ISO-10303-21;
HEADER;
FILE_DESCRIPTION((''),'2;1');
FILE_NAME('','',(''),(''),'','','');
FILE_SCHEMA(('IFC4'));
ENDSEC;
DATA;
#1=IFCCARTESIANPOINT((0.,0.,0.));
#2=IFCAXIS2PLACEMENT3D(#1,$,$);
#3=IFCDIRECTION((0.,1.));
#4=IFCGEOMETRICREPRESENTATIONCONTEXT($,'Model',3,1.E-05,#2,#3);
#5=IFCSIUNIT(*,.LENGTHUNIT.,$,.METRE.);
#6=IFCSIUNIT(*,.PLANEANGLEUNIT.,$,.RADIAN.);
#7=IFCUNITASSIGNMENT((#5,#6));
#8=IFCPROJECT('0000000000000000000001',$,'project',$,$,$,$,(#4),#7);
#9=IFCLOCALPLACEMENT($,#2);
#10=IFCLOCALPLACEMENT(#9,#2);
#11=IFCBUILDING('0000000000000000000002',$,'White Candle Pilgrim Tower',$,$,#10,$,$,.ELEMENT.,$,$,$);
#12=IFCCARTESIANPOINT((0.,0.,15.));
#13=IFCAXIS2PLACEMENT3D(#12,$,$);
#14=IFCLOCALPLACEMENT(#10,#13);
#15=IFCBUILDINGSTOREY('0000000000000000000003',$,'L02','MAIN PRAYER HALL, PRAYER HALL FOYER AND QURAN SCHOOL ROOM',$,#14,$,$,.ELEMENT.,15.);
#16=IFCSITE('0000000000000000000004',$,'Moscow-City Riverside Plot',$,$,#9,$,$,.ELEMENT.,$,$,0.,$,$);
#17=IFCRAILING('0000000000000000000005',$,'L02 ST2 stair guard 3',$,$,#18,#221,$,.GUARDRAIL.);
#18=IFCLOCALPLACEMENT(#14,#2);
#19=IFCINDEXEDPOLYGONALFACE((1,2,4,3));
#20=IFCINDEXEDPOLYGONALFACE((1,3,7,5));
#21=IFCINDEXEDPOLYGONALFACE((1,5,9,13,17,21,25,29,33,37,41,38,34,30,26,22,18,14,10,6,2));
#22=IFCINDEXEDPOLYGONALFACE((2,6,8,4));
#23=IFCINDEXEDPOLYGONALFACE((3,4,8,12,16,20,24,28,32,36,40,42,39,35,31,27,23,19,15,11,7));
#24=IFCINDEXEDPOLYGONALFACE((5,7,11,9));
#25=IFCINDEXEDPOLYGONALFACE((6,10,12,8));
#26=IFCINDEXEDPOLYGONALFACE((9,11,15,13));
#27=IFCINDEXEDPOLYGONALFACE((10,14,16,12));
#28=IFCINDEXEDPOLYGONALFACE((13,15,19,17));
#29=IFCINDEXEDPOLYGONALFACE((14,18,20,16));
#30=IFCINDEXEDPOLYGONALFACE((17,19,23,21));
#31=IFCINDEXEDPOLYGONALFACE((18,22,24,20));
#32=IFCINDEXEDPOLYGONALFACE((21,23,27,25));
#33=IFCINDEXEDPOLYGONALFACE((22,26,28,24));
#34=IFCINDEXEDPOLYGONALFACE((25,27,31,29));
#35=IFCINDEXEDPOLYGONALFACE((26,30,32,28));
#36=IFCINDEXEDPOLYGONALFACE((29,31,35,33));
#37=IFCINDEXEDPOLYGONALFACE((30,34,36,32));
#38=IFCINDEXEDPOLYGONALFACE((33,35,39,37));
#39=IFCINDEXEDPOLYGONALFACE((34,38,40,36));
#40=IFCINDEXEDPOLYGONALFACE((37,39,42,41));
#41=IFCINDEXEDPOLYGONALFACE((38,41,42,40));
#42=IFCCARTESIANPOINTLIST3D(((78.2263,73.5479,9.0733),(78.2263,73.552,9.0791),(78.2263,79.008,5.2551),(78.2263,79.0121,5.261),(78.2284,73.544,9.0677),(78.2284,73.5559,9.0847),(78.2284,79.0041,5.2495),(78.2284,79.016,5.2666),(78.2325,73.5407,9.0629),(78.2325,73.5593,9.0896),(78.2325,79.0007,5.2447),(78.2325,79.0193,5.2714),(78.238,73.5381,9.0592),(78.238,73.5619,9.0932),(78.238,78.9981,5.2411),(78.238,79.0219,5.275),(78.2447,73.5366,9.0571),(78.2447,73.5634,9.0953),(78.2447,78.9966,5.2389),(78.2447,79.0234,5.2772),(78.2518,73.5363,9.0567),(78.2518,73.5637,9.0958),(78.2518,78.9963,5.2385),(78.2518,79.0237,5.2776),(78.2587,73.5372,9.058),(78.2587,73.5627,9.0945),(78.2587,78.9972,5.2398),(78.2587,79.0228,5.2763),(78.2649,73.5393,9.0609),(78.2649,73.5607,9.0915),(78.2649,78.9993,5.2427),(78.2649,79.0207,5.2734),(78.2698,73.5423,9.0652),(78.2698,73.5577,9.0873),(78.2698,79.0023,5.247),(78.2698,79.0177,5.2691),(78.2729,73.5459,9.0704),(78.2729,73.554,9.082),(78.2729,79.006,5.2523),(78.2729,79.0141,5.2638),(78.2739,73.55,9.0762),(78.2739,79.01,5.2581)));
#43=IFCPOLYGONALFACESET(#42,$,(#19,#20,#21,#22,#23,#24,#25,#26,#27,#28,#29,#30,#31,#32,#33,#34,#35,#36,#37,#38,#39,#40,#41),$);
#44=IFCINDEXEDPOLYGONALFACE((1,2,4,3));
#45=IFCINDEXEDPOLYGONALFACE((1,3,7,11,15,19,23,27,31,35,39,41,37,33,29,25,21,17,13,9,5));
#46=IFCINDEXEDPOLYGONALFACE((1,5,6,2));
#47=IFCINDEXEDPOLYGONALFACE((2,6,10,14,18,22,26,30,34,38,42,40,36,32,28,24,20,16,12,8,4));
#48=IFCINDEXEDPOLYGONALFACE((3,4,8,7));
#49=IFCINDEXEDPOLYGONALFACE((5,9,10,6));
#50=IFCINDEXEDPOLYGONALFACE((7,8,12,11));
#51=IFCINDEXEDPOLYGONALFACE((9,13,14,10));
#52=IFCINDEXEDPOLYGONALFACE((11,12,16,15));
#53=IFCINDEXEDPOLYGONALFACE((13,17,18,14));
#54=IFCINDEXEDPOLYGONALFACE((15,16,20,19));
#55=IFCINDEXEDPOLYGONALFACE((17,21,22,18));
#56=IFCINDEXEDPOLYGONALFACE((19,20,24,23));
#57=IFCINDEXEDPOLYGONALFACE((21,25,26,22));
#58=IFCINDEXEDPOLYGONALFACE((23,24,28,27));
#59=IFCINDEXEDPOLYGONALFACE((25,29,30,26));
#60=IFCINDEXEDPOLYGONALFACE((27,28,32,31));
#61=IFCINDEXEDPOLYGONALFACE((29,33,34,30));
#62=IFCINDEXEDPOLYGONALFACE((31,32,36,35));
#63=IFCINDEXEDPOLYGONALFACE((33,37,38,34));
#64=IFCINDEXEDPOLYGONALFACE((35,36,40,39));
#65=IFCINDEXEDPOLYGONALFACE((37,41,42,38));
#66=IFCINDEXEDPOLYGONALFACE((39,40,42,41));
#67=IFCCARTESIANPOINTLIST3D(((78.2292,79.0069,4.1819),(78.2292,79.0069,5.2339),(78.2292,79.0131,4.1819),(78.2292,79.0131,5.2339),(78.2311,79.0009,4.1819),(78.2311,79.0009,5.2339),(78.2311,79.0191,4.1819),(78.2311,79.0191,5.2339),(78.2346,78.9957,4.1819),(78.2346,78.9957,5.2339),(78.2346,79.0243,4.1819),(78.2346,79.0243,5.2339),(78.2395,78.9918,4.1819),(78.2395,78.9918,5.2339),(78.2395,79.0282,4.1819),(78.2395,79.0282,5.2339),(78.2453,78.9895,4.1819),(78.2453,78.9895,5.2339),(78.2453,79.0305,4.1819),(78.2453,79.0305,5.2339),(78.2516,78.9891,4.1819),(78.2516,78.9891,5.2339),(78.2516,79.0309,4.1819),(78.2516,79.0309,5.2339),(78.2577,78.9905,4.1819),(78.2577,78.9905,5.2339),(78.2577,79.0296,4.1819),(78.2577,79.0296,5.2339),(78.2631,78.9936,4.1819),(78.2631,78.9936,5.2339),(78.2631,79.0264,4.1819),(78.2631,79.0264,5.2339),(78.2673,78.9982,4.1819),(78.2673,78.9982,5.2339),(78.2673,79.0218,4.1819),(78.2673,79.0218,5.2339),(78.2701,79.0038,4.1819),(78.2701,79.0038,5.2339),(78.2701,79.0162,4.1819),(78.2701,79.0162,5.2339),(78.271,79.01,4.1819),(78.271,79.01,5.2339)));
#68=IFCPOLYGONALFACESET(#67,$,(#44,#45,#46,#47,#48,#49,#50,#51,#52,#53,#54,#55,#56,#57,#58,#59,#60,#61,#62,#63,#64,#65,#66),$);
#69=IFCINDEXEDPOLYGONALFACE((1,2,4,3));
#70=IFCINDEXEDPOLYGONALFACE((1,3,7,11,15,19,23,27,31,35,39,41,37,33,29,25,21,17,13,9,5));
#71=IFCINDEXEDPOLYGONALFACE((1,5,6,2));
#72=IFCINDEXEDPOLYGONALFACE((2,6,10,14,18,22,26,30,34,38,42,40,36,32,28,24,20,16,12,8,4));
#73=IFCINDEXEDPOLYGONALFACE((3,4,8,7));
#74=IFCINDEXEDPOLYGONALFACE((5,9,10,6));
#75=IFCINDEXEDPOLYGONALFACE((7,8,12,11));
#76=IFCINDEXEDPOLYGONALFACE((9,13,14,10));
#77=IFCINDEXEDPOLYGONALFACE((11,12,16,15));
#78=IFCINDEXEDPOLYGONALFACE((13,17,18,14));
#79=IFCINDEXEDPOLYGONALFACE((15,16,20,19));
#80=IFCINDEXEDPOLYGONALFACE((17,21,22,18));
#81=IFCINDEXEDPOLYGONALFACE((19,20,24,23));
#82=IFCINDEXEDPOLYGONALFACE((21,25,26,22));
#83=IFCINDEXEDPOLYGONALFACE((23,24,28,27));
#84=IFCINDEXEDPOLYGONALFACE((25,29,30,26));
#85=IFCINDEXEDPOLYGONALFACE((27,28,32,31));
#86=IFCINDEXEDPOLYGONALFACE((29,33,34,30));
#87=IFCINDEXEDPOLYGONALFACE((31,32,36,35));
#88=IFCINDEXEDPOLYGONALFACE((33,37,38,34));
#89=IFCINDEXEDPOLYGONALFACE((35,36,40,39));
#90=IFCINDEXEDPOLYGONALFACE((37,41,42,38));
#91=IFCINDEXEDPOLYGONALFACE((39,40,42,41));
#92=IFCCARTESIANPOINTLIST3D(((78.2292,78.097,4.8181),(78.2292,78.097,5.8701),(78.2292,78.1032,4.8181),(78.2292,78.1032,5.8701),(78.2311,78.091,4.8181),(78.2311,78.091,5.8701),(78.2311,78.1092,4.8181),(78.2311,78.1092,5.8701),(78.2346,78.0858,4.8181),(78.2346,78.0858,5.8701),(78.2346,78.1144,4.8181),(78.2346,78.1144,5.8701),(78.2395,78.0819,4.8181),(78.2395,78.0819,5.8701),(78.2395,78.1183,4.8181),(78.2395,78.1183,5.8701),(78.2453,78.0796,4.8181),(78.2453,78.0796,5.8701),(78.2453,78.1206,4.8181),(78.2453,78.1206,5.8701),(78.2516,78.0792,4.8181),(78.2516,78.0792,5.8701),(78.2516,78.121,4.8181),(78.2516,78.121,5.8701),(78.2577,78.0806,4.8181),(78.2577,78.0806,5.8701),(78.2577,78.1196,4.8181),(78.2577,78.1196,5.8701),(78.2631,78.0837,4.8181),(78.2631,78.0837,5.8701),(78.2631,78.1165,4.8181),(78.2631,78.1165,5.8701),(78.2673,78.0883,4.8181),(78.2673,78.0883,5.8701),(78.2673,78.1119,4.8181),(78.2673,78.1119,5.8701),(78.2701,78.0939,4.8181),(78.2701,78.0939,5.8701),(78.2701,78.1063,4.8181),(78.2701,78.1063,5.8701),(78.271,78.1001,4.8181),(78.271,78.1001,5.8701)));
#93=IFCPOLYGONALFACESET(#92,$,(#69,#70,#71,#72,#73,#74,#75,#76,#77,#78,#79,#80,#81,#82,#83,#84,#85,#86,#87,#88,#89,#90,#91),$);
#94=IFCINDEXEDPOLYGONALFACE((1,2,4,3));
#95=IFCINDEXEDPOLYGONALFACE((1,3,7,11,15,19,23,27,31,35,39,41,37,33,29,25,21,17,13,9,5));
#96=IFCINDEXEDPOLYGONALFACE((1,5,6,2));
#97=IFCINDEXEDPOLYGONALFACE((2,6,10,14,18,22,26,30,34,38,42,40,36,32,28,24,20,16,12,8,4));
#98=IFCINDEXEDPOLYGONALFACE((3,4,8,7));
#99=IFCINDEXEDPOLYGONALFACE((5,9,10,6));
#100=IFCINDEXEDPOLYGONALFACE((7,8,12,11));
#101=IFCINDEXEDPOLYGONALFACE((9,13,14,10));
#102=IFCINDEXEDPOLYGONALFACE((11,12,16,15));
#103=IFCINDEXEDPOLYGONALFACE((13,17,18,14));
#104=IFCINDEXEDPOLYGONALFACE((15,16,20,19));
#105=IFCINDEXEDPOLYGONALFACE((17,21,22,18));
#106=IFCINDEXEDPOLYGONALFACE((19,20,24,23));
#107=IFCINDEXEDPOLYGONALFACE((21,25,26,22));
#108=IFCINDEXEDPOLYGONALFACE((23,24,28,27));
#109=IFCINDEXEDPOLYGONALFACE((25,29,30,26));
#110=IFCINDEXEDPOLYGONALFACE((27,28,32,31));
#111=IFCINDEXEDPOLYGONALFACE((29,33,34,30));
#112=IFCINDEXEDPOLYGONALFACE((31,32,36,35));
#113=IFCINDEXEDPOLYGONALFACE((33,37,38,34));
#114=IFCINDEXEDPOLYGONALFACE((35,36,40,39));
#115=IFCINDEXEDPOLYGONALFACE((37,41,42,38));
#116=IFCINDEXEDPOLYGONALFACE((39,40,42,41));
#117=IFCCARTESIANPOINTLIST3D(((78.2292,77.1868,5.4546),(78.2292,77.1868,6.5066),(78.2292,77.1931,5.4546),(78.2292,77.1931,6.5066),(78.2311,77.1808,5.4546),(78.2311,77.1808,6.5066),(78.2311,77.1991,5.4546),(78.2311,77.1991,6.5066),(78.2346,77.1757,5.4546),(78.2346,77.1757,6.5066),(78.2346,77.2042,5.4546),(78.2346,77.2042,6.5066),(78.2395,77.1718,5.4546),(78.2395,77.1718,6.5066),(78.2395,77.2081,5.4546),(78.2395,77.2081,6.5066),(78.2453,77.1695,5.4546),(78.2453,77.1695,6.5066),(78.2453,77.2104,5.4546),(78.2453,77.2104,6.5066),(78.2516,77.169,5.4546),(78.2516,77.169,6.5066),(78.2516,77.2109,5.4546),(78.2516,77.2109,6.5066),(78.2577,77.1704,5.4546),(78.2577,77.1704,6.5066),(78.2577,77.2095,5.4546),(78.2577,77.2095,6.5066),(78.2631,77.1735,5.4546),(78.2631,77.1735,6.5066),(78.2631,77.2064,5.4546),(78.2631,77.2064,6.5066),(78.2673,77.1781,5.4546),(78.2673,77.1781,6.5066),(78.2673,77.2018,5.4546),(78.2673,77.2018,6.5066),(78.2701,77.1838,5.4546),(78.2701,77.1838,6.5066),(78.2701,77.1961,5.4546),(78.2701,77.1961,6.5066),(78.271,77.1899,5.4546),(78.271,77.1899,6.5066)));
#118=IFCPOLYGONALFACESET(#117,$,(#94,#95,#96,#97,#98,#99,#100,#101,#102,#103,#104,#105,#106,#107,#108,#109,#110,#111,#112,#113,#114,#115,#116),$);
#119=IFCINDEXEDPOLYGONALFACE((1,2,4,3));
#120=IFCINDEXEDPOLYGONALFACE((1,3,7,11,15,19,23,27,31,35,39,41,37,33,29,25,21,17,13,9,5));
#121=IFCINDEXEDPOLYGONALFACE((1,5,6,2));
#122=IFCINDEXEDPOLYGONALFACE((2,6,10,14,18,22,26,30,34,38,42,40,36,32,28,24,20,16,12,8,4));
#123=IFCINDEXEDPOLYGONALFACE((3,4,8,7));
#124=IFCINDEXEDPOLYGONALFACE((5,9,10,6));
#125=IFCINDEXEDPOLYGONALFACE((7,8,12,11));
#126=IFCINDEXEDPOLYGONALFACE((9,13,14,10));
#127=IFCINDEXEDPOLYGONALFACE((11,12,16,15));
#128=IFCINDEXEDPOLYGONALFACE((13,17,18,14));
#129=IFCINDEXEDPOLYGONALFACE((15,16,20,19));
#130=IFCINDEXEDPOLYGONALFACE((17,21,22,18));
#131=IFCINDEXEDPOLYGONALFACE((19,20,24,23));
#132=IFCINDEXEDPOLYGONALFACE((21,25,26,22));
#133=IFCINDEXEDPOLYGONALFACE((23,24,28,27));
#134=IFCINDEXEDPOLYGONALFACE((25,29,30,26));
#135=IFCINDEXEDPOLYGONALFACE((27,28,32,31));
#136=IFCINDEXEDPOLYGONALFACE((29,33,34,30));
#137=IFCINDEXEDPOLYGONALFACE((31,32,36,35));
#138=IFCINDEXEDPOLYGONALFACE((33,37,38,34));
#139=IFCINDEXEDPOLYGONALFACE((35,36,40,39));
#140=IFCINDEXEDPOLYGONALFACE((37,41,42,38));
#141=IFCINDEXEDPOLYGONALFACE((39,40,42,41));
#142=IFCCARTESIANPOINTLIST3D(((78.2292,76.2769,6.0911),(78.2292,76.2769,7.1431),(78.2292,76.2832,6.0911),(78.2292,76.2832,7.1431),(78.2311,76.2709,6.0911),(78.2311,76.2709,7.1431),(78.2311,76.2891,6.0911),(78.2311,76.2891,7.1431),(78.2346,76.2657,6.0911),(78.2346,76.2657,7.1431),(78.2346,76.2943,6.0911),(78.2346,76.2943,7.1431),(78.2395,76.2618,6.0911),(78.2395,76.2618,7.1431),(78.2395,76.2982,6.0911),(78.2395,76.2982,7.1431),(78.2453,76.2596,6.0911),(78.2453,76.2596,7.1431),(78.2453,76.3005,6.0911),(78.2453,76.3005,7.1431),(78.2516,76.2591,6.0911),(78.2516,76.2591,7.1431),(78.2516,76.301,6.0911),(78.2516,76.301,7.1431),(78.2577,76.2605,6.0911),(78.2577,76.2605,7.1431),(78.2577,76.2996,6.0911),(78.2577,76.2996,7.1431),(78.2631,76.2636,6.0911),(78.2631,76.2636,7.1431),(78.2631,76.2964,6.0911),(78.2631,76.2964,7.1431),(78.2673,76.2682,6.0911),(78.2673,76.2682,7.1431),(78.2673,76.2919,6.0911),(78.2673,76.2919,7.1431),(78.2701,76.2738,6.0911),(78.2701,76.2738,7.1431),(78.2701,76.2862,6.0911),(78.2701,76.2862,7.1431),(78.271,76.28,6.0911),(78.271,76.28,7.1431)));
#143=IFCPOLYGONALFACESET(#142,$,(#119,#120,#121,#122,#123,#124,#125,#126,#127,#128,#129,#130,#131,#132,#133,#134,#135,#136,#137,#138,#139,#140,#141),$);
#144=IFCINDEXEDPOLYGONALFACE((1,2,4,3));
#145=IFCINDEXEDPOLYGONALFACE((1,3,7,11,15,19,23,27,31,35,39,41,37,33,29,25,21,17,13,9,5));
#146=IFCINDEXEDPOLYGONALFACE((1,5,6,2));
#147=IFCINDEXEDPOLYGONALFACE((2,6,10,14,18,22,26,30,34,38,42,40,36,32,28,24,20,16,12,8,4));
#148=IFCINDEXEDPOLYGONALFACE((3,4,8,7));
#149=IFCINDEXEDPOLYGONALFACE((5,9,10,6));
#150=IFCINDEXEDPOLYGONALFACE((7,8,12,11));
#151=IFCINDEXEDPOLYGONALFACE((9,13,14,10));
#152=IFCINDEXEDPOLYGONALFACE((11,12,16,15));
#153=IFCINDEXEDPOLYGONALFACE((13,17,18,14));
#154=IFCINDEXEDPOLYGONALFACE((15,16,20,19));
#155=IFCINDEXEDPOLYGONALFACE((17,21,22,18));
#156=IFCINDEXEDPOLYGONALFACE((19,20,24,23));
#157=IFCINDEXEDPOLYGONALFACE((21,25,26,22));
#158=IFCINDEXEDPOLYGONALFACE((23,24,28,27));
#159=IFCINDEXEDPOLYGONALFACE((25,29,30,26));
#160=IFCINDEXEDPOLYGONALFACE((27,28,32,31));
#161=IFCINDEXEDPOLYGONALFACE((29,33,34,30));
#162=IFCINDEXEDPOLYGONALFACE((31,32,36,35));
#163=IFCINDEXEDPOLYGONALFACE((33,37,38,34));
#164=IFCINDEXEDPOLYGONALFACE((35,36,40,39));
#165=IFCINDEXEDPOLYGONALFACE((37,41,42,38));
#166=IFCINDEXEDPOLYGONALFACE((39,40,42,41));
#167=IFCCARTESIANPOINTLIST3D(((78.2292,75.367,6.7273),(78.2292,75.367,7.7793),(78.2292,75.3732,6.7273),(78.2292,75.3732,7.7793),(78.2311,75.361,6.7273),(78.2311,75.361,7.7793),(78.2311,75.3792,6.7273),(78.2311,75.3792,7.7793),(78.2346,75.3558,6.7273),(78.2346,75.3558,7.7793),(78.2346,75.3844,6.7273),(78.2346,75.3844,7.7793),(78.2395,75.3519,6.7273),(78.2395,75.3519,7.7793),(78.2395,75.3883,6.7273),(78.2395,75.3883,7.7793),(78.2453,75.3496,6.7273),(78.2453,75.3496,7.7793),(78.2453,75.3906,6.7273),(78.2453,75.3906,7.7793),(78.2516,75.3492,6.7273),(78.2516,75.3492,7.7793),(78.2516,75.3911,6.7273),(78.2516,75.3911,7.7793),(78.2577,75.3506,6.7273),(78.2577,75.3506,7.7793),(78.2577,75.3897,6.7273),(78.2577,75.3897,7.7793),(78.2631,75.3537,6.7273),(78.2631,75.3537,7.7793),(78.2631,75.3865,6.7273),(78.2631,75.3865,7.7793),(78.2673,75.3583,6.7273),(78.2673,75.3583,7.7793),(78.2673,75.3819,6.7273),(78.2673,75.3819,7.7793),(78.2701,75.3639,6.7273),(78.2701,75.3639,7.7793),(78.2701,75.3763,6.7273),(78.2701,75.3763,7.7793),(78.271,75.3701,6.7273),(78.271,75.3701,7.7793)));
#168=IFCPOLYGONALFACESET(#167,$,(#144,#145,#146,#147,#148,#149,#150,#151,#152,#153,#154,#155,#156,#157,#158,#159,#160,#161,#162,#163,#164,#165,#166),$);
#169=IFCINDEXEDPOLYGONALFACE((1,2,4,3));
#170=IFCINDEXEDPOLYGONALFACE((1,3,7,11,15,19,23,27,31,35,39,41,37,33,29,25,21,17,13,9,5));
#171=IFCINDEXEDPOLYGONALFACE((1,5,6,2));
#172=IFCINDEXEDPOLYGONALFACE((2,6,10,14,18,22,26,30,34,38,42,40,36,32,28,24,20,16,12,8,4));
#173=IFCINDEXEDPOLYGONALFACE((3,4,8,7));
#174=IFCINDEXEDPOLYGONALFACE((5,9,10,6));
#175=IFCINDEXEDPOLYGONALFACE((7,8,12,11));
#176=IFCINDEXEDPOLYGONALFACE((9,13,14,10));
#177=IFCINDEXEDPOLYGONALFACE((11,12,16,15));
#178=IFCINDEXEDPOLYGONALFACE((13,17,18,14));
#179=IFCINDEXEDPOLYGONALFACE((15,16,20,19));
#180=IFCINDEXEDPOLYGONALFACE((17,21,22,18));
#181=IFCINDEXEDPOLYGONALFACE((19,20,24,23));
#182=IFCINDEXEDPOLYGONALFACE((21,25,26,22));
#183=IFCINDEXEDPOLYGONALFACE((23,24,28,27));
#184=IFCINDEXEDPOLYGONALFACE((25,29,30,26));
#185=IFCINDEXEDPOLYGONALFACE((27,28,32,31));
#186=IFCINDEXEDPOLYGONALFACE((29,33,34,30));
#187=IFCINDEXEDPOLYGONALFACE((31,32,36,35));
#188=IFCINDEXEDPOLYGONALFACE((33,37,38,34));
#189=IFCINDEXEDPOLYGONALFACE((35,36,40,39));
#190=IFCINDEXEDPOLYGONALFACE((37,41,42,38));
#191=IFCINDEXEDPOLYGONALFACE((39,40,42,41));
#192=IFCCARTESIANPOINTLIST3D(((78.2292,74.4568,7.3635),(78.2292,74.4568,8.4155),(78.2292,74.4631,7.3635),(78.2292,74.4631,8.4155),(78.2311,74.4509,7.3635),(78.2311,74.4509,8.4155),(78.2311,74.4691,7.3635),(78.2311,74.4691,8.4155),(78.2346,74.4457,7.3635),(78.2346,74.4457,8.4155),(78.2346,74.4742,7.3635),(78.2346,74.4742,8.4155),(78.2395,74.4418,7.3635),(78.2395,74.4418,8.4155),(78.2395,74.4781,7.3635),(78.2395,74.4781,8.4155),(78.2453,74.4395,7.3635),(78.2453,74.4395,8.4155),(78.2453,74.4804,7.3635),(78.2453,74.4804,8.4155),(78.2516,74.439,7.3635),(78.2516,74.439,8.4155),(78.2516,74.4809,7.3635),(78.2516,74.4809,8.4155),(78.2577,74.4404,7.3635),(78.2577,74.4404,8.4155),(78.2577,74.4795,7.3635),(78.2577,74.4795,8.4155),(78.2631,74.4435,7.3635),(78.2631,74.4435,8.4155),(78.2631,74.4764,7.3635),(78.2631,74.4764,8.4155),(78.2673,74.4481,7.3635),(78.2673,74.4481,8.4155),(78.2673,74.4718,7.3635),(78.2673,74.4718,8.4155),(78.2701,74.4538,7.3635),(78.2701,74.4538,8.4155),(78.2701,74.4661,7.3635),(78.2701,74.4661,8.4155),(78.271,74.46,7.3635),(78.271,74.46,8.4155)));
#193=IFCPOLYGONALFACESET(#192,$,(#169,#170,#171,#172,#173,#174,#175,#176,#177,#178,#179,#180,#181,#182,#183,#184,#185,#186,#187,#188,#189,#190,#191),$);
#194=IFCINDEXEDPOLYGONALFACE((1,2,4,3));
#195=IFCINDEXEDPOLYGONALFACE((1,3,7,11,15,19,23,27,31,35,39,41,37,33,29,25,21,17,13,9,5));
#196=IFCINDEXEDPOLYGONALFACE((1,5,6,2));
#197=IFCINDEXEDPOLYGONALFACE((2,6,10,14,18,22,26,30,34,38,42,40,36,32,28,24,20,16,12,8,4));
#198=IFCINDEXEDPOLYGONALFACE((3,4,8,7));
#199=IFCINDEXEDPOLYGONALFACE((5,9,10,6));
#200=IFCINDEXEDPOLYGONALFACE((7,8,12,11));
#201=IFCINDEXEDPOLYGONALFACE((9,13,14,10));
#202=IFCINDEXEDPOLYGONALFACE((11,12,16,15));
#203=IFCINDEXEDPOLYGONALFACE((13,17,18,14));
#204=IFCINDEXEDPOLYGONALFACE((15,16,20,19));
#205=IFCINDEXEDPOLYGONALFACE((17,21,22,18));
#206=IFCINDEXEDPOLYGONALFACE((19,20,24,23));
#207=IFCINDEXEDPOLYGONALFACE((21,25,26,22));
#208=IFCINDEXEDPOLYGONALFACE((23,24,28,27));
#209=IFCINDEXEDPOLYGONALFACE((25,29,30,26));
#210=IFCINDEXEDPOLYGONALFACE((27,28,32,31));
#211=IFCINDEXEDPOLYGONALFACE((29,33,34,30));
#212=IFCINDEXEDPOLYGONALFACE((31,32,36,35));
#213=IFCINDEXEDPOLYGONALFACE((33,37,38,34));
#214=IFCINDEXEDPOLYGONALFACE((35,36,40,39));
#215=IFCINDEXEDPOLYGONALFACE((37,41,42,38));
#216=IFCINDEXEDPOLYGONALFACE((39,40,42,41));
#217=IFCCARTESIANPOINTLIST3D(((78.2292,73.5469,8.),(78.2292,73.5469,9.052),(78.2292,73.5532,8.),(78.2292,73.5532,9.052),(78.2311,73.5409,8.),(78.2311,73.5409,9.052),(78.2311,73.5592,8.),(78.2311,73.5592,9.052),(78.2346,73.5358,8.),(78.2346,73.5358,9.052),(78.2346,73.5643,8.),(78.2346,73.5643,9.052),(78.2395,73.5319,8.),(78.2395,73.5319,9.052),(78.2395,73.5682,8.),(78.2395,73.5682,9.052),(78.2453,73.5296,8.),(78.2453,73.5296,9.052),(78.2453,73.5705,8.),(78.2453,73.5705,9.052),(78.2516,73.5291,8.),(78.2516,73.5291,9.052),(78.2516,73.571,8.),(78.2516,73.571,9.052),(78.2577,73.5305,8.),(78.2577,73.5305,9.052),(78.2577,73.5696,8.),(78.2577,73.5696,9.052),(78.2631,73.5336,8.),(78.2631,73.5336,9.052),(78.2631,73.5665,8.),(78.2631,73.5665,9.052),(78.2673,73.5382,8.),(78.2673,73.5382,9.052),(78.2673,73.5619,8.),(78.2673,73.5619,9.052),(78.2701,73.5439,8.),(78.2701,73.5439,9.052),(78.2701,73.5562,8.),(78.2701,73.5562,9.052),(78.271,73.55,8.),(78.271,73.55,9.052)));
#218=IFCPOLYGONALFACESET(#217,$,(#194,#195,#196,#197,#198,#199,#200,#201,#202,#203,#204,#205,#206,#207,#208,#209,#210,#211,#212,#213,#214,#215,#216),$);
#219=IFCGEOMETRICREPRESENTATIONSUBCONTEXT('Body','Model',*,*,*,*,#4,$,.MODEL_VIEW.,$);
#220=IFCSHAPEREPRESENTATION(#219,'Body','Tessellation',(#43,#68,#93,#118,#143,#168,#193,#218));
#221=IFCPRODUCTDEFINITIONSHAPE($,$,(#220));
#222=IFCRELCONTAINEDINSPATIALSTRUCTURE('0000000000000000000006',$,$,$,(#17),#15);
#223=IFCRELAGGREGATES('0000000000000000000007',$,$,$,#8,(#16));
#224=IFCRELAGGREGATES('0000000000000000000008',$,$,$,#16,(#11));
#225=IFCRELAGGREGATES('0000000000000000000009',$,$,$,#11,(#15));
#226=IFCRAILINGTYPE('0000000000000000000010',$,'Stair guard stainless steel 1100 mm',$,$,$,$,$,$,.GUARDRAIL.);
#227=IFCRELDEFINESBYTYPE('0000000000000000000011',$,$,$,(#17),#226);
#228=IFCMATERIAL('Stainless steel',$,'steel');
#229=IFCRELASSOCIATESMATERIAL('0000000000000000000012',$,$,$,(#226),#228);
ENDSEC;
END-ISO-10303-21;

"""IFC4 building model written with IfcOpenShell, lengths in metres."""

from ifc_helpers import new_model, si_unit, direction, frame, origin, origin_2d, place, context, subcontext, project, spatial, circle, extrude, material, type_object, element, save


model = new_model("IFC4")

# Units and contexts
model_context = context("Model", 3, precision=1e-05, world=origin(), true_north=direction((0.0, 1.0)))
body_context = subcontext(model_context, "Body", "Model", "MODEL_VIEW")
ifc_project = project(units=[si_unit("LENGTHUNIT", "METRE"), si_unit("PLANEANGLEUNIT", "RADIAN")], contexts=[model_context])

# Site, building, storey
site_placement = place(None, origin())
site = spatial("IfcSite", under=ifc_project, at=site_placement, Name="Moscow-City Riverside Plot", CompositionType="ELEMENT", RefElevation=0.0)
building_placement = place(site_placement, origin())
building = spatial("IfcBuilding", under=site, at=building_placement, Name="White Candle Pilgrim Tower", CompositionType="ELEMENT")
storey_placement = place(building_placement, frame((0.0, 0.0, 15.0)))
storey = spatial("IfcBuildingStorey", under=building, at=storey_placement, Name="L02", Description="MAIN PRAYER HALL, PRAYER HALL FOYER AND QURAN SCHOOL ROOM", CompositionType="ELEMENT", Elevation=15.0)

# Railing
ifc_material_1 = material(Name="Stainless steel", Category="steel")
railing_type_1 = type_object("IfcRailingType", Name="Stair guard stainless steel 1100 mm", PredefinedType="GUARDRAIL", material=ifc_material_1)
railing_1_placement = place(storey_placement, frame((78.25, 79.01, 4.1819)))
element("IfcRailing", 1, at=railing_1_placement, inside=storey, type_object=railing_type_1, Name="L02 ST2 stair guard 3", PredefinedType="GUARDRAIL", context=body_context, shape_type="SweptSolid", body=[
    extrude(circle(Radius=0.0239, at=origin_2d()), frame((0.0, 0.0, 1.0762), z_axis=(0.0, -0.819504, 0.573074), x_axis=(1.0, 0.0, 0.0)), (0.0, 0.0, 1.0), 6.6626),
    extrude(circle(Radius=0.021, at=origin_2d()), origin(), (0.0, 0.0, 1.0), 1.052),
    extrude(circle(Radius=0.021, at=origin_2d()), frame((0.0, -0.9099, 0.6362)), (0.0, 0.0, 1.0), 1.052),
    extrude(circle(Radius=0.021, at=origin_2d()), frame((0.0, -1.8201, 1.2727)), (0.0, 0.0, 1.0), 1.052),
    extrude(circle(Radius=0.021, at=origin_2d()), frame((0.0, -2.73, 1.9092)), (0.0, 0.0, 1.0), 1.052),
    extrude(circle(Radius=0.021, at=origin_2d()), frame((0.0, -3.6399, 2.5454)), (0.0, 0.0, 1.0), 1.052),
    extrude(circle(Radius=0.021, at=origin_2d()), frame((0.0, -4.55, 3.1816)), (0.0, 0.0, 1.0), 1.052),
    extrude(circle(Radius=0.021, at=origin_2d()), frame((0.0, -5.46, 3.8181)), (0.0, 0.0, 1.0), 1.052),
])

save(model, "model.ifc")
